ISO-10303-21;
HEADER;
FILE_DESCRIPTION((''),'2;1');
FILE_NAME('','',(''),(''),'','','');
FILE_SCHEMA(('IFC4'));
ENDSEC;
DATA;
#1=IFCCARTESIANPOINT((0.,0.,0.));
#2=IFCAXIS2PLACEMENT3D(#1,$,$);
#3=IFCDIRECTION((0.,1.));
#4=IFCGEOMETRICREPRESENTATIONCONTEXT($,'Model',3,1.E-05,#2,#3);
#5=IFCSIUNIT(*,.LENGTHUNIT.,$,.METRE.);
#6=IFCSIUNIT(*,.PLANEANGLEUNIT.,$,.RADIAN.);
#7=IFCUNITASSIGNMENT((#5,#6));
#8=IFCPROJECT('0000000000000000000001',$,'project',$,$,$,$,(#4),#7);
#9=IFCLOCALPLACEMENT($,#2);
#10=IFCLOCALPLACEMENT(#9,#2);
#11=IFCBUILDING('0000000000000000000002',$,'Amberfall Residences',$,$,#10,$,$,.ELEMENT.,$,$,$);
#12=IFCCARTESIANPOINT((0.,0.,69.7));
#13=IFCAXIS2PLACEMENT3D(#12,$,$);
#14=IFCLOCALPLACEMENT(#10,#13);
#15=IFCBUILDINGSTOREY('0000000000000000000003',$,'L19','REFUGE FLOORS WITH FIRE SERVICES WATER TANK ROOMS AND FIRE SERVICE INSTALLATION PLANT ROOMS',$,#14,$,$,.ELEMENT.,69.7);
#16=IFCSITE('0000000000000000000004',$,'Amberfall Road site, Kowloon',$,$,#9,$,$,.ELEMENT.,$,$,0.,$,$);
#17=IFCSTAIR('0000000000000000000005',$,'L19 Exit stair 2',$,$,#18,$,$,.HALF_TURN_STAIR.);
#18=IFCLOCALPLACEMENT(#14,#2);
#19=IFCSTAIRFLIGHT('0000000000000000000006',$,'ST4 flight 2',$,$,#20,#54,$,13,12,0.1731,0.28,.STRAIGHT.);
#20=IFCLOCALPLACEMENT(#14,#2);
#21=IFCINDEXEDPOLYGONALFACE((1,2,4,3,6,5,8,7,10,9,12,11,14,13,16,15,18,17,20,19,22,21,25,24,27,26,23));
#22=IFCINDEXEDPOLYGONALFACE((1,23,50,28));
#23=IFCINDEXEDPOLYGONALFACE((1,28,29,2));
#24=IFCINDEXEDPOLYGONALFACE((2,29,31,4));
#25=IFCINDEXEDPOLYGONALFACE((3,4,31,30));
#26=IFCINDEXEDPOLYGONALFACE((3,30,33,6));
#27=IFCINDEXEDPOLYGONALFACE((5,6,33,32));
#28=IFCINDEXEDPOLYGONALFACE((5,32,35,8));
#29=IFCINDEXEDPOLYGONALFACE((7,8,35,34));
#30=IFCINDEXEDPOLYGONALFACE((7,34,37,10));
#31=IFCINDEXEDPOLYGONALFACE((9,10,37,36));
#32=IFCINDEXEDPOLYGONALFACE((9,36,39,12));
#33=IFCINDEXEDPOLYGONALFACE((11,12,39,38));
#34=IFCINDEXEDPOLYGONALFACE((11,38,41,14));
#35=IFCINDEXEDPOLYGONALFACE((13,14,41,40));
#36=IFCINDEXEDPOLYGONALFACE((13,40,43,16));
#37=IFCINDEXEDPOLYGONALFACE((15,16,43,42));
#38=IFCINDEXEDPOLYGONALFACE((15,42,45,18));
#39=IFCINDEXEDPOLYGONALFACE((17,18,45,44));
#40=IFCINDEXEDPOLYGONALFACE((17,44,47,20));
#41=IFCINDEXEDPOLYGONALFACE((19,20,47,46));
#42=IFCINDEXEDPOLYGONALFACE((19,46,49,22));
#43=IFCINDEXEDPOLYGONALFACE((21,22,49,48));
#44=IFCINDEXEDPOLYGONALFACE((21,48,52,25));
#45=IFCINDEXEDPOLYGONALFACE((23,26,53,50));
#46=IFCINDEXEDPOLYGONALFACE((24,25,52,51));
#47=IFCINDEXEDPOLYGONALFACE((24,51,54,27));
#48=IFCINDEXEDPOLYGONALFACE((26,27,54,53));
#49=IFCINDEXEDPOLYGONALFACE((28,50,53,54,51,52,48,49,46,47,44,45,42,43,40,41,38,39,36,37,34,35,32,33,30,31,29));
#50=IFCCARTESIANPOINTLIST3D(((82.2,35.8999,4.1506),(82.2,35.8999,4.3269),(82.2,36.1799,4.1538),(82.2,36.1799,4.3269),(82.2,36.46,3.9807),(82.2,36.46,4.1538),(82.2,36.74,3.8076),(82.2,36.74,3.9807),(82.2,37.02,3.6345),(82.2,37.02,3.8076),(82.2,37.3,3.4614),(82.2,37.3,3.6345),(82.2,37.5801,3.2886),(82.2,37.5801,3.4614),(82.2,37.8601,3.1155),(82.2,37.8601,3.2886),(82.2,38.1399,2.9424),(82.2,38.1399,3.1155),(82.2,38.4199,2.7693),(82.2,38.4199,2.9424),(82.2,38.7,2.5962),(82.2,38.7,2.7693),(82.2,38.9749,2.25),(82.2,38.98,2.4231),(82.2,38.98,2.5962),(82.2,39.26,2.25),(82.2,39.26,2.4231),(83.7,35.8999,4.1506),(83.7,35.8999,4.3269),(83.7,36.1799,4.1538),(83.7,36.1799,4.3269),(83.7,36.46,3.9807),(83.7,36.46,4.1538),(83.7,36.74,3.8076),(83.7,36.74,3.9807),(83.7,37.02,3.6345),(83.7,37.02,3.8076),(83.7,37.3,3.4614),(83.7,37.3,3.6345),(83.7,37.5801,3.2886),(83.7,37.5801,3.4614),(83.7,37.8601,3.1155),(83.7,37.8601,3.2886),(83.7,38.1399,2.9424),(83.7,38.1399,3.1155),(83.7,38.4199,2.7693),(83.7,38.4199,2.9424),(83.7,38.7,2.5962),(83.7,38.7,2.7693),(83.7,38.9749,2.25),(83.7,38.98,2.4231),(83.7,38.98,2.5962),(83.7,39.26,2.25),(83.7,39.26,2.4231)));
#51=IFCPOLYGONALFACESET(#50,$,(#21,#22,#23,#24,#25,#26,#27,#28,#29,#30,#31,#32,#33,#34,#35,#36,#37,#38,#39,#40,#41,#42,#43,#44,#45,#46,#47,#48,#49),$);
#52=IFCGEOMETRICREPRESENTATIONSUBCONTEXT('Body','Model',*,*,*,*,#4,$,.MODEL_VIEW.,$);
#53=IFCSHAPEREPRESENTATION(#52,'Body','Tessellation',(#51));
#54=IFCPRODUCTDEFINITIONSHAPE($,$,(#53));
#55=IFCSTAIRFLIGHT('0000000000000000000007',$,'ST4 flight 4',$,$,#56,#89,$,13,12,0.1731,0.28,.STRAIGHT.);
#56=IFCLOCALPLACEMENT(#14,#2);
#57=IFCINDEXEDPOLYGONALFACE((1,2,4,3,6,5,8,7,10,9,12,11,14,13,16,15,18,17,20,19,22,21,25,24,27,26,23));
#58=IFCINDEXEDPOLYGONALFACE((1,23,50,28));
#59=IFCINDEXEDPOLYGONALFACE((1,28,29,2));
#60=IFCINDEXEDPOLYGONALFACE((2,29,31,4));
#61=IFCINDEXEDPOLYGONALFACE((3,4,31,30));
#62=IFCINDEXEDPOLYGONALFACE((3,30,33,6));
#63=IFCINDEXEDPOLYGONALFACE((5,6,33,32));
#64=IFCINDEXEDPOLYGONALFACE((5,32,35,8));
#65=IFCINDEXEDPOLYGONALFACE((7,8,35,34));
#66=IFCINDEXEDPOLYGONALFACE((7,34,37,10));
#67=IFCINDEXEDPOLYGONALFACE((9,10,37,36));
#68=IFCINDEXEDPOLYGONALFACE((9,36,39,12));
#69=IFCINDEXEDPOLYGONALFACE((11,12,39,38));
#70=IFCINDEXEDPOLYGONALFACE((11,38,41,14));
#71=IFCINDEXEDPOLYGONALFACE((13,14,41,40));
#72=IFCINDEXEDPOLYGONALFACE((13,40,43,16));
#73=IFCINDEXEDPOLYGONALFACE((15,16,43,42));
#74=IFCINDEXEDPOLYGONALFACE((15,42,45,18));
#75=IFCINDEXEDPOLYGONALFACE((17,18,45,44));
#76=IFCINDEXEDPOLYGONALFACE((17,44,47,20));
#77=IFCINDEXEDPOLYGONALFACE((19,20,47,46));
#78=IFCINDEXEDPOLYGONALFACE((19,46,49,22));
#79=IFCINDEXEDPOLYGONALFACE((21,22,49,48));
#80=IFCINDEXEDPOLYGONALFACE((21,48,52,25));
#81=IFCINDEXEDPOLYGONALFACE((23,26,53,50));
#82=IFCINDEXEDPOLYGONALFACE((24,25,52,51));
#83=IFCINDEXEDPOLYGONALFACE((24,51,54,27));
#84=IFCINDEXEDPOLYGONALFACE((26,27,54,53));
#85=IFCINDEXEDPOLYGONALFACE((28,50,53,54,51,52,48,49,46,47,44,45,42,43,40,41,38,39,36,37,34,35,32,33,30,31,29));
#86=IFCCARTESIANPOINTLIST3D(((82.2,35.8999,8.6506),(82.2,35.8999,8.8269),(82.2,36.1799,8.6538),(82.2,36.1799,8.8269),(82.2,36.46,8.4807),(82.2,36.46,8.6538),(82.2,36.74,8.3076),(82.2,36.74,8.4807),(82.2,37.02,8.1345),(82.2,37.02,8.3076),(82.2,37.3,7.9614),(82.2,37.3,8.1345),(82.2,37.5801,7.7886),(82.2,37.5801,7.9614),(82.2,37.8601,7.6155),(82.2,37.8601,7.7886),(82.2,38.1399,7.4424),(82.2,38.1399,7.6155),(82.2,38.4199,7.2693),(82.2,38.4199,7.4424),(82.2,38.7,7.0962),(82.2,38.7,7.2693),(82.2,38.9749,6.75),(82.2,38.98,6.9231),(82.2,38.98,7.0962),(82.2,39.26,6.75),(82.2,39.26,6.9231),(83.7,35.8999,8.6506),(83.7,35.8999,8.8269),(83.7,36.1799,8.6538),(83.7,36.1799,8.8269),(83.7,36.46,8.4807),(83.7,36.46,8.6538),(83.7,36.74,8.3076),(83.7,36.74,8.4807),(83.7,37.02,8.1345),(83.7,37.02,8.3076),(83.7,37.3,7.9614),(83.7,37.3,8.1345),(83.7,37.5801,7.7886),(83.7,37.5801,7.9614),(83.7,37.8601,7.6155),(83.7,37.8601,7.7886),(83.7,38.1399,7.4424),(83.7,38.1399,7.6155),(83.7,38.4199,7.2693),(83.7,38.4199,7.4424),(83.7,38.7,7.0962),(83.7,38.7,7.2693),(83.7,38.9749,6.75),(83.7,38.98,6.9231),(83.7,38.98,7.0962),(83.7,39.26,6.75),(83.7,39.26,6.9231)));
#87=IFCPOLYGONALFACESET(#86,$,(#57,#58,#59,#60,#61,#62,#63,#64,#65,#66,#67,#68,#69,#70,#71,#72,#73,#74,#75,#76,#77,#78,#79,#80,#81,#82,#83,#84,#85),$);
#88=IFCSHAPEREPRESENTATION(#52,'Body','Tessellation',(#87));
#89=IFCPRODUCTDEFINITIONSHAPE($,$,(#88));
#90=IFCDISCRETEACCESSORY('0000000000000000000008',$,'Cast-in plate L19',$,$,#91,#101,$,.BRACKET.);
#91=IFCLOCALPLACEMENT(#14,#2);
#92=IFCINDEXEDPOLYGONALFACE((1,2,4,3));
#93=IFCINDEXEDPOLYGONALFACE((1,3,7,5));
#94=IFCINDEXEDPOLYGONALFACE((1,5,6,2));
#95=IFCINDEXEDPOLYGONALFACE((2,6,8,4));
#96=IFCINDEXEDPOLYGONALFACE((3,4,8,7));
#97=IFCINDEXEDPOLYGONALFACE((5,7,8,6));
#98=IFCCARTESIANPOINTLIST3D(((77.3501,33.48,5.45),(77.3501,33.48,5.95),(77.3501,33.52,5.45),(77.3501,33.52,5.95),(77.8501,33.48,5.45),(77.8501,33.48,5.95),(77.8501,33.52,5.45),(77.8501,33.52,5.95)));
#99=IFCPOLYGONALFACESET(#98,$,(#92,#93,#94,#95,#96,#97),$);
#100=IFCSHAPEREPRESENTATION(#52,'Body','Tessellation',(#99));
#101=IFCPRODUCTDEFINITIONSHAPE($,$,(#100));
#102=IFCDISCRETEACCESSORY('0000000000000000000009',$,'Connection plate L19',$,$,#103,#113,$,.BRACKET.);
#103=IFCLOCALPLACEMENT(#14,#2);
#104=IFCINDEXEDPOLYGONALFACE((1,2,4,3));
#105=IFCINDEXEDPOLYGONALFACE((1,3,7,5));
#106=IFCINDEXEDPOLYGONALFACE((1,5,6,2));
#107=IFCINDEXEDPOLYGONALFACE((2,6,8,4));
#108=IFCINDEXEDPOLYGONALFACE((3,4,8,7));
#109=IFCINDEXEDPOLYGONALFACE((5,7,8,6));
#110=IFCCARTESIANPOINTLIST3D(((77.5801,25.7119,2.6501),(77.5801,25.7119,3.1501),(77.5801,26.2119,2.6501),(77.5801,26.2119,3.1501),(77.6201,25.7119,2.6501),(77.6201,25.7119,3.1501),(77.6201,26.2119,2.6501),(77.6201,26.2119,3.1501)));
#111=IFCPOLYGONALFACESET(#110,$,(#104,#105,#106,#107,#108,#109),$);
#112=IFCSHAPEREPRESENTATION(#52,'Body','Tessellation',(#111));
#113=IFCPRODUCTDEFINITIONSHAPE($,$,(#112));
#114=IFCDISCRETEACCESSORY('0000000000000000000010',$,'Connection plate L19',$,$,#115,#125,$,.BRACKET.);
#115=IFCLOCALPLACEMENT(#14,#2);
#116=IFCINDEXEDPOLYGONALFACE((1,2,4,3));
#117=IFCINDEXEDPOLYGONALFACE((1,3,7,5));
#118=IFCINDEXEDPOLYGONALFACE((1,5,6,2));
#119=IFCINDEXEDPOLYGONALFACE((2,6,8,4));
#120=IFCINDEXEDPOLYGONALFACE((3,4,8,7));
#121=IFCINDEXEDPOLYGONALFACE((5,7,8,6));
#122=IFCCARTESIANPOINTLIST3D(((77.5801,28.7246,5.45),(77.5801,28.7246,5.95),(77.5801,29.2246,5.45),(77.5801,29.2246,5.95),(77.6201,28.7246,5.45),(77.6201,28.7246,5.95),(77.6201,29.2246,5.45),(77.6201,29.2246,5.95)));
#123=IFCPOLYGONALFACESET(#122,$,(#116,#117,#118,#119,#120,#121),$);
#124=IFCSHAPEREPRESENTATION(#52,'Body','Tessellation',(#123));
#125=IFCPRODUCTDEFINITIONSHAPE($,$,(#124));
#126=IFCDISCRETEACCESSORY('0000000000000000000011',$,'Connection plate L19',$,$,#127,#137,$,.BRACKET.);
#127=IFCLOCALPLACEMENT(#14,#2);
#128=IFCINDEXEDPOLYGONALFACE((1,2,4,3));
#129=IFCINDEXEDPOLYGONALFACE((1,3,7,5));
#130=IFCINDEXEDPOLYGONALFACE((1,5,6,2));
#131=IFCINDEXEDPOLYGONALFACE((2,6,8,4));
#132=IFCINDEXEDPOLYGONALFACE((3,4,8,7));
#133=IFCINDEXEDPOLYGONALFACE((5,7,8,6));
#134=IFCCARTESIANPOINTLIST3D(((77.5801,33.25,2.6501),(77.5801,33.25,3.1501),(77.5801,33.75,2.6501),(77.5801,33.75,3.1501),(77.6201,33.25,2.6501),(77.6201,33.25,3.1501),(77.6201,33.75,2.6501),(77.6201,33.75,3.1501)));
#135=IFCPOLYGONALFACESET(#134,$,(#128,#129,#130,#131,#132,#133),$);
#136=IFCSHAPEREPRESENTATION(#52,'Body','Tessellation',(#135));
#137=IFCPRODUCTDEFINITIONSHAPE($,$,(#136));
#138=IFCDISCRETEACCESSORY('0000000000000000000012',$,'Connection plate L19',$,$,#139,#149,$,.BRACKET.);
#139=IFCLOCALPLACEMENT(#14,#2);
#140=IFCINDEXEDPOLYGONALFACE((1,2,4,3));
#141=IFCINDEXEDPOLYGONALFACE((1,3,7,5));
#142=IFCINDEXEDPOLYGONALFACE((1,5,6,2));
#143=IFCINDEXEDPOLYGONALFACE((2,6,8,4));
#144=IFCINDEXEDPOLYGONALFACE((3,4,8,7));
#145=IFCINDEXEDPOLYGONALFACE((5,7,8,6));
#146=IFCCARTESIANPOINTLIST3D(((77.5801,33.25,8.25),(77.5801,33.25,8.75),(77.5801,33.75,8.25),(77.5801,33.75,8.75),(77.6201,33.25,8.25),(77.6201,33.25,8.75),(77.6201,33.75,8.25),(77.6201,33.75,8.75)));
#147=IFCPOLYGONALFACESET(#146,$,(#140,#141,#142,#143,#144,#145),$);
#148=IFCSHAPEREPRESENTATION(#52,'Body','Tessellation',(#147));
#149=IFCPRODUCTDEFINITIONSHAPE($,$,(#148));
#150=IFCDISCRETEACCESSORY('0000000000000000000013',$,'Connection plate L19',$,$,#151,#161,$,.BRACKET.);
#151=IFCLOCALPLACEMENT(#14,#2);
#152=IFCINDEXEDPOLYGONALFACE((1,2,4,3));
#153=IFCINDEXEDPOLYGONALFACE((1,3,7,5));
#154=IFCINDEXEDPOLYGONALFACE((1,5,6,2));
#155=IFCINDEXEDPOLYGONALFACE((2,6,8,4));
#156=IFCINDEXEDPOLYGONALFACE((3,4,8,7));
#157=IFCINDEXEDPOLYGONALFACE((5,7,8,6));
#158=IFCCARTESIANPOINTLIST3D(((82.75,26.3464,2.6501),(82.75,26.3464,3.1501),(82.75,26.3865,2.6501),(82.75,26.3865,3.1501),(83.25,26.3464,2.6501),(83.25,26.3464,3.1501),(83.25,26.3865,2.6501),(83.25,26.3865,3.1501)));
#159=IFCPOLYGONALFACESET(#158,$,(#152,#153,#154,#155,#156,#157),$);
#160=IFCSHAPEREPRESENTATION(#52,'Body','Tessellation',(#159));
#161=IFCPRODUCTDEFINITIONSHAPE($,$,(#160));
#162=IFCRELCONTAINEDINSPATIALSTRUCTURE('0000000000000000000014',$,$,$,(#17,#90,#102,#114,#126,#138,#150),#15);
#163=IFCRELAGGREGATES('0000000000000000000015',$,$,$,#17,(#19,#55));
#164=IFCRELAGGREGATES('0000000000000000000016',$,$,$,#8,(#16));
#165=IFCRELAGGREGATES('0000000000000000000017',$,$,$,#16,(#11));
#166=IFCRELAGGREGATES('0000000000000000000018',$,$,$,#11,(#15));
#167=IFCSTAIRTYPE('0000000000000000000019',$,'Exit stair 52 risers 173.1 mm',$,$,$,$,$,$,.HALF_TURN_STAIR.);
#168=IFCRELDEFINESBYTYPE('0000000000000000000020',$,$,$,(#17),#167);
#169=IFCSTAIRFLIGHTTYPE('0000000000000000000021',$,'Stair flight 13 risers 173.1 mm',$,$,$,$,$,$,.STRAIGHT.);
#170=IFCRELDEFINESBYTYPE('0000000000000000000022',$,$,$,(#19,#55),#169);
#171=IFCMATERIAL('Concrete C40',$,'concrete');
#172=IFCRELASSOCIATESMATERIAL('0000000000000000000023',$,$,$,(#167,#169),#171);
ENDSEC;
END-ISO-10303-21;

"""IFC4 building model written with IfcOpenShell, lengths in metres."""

from ifc_helpers import new_model, si_unit, direction, frame, origin, origin_2d, place, context, subcontext, project, spatial, polyline, rectangle, outline, extrude, material, type_object, element, aggregate, save


model = new_model("IFC4")

# Units and contexts
model_context = context("Model", 3, precision=1e-05, world=origin(), true_north=direction((0.0, 1.0)))
body_context = subcontext(model_context, "Body", "Model", "MODEL_VIEW")
ifc_project = project(units=[si_unit("LENGTHUNIT", "METRE"), si_unit("PLANEANGLEUNIT", "RADIAN")], contexts=[model_context])

# Site, building, storey
site_placement = place(None, origin())
site = spatial("IfcSite", under=ifc_project, at=site_placement, Name="Amberfall Road site, Kowloon", CompositionType="ELEMENT", RefElevation=0.0)
building_placement = place(site_placement, origin())
building = spatial("IfcBuilding", under=site, at=building_placement, Name="Amberfall Residences", CompositionType="ELEMENT")
storey_placement = place(building_placement, frame((0.0, 0.0, 69.7)))
storey = spatial("IfcBuildingStorey", under=building, at=storey_placement, Name="L19", Description="REFUGE FLOORS WITH FIRE SERVICES WATER TANK ROOMS AND FIRE SERVICE INSTALLATION PLANT ROOMS", CompositionType="ELEMENT", Elevation=69.7)

# Stair, stair flights
ifc_material_1 = material(Name="Concrete C40", Category="concrete")
stair_type = type_object("IfcStairType", Name="Exit stair 52 risers 173.1 mm", PredefinedType="HALF_TURN_STAIR", material=ifc_material_1)
stair_placement = place(storey_placement, origin())
stair = element("IfcStair", 1, at=stair_placement, inside=storey, type_object=stair_type, Name="L19 Exit stair 2", PredefinedType="HALF_TURN_STAIR")
stair_flight_type = type_object("IfcStairFlightType", Name="Stair flight 13 risers 173.1 mm", PredefinedType="STRAIGHT", material=ifc_material_1)
stair_flight_1_placement = place(storey_placement, frame((82.95, 39.26, 2.25), z_axis=(0.0, 0.0, 1.0), x_axis=(0.0, -1.0, 0.0)))
stair_flight_1 = element("IfcStairFlight", 2, at=stair_flight_1_placement, type_object=stair_flight_type, Name="ST4 flight 2", NumberOfRisers=13, NumberOfTreads=12, PredefinedType="STRAIGHT", RiserHeight=0.1731, TreadLength=0.28, context=body_context, shape_type="SweptSolid", body=[
    extrude(outline(polyline([(0.0, 0.0), (0.0, 0.1731), (0.28, 0.1731), (0.28, 0.3462), (0.5601, 0.3462), (0.5601, 0.5193), (0.8401, 0.5193), (0.8401, 0.6924), (1.1201, 0.6924), (1.1201, 0.8655), (1.3999, 0.8655), (1.3999, 1.0386), (1.6799, 1.0386), (1.6799, 1.2114), (1.96, 1.2114), (1.96, 1.3845), (2.24, 1.3845), (2.24, 1.5576), (2.52, 1.5576), (2.52, 1.7307), (2.8, 1.7307), (2.8, 1.9038), (3.0801, 1.9038), (3.0801, 2.0769), (3.3601, 2.0769), (3.3601, 2.25), (3.3601, 1.9006), (0.2852, 0.0), (0.0, 0.0)])), frame((0.0, 0.75, 0.0), z_axis=(0.0, -1.0, 0.0), x_axis=(1.0, 0.0, 0.0)), (0.0, 0.0, 1.0), 1.5),
])
stair_flight_2_placement = place(storey_placement, frame((82.95, 39.26, 6.75), z_axis=(0.0, 0.0, 1.0), x_axis=(0.0, -1.0, 0.0)))
stair_flight_2 = element("IfcStairFlight", 3, at=stair_flight_2_placement, type_object=stair_flight_type, Name="ST4 flight 4", NumberOfRisers=13, NumberOfTreads=12, PredefinedType="STRAIGHT", RiserHeight=0.1731, TreadLength=0.28, context=body_context, shape_type="SweptSolid", body=[
    extrude(outline(polyline([(0.0, 0.0), (0.0, 0.1731), (0.28, 0.1731), (0.28, 0.3462), (0.5601, 0.3462), (0.5601, 0.5193), (0.8401, 0.5193), (0.8401, 0.6924), (1.1201, 0.6924), (1.1201, 0.8655), (1.3999, 0.8655), (1.3999, 1.0386), (1.6799, 1.0386), (1.6799, 1.2114), (1.96, 1.2114), (1.96, 1.3845), (2.24, 1.3845), (2.24, 1.5576), (2.52, 1.5576), (2.52, 1.7307), (2.8, 1.7307), (2.8, 1.9038), (3.0801, 1.9038), (3.0801, 2.0769), (3.3601, 2.0769), (3.3601, 2.25), (3.3601, 1.9006), (0.2852, 0.0), (0.0, 0.0)])), frame((0.0, 0.75, 0.0), z_axis=(0.0, -1.0, 0.0), x_axis=(1.0, 0.0, 0.0)), (0.0, 0.0, 1.0), 1.5),
])
aggregate(stair, [stair_flight_1, stair_flight_2])

# Discrete accessories
discrete_accessory_placement = place(storey_placement, frame((77.6001, 33.5, 5.45), z_axis=(0.0, 0.0, 1.0), x_axis=(0.0, 1.0, 0.0)))
element("IfcDiscreteAccessory", 4, at=discrete_accessory_placement, inside=storey, Name="Cast-in plate L19", PredefinedType="BRACKET", context=body_context, shape_type="SweptSolid", body=[
    extrude(rectangle(XDim=0.04, YDim=0.5, at=origin_2d()), origin(), (0.0, 0.0, 1.0), 0.5),
])
for number, where, z_axis, x_axis, name in (
    (5, (77.6001, 25.9619, 2.6501), (0.0, 0.0, 1.0), (0.0, 1.0, 0.0), "Connection plate L19"),
    (6, (77.6001, 28.9746, 5.45), (0.0, 0.0, 1.0), (0.0, 1.0, 0.0), "Connection plate L19"),
    (7, (77.6001, 33.5, 2.6501), (0.0, 0.0, 1.0), (0.0, 1.0, 0.0), "Connection plate L19"),
    (8, (77.6001, 33.5, 8.25), (0.0, 0.0, 1.0), (0.0, 1.0, 0.0), "Connection plate L19"),
    (9, (83.0, 26.3665, 2.6501), (0.0, 0.0, 1.0), (1.0, 0.0, 0.0), "Connection plate L19"),
):
    element("IfcDiscreteAccessory", number, at=place(storey_placement, frame(where, z_axis=z_axis, x_axis=x_axis)), inside=storey, Name=name, PredefinedType="BRACKET", context=body_context, shape_type="SweptSolid", body=[
        extrude(rectangle(XDim=0.5, YDim=0.04, at=origin_2d()), origin(), (0.0, 0.0, 1.0), 0.5),
    ])

save(model, "model.ifc")
